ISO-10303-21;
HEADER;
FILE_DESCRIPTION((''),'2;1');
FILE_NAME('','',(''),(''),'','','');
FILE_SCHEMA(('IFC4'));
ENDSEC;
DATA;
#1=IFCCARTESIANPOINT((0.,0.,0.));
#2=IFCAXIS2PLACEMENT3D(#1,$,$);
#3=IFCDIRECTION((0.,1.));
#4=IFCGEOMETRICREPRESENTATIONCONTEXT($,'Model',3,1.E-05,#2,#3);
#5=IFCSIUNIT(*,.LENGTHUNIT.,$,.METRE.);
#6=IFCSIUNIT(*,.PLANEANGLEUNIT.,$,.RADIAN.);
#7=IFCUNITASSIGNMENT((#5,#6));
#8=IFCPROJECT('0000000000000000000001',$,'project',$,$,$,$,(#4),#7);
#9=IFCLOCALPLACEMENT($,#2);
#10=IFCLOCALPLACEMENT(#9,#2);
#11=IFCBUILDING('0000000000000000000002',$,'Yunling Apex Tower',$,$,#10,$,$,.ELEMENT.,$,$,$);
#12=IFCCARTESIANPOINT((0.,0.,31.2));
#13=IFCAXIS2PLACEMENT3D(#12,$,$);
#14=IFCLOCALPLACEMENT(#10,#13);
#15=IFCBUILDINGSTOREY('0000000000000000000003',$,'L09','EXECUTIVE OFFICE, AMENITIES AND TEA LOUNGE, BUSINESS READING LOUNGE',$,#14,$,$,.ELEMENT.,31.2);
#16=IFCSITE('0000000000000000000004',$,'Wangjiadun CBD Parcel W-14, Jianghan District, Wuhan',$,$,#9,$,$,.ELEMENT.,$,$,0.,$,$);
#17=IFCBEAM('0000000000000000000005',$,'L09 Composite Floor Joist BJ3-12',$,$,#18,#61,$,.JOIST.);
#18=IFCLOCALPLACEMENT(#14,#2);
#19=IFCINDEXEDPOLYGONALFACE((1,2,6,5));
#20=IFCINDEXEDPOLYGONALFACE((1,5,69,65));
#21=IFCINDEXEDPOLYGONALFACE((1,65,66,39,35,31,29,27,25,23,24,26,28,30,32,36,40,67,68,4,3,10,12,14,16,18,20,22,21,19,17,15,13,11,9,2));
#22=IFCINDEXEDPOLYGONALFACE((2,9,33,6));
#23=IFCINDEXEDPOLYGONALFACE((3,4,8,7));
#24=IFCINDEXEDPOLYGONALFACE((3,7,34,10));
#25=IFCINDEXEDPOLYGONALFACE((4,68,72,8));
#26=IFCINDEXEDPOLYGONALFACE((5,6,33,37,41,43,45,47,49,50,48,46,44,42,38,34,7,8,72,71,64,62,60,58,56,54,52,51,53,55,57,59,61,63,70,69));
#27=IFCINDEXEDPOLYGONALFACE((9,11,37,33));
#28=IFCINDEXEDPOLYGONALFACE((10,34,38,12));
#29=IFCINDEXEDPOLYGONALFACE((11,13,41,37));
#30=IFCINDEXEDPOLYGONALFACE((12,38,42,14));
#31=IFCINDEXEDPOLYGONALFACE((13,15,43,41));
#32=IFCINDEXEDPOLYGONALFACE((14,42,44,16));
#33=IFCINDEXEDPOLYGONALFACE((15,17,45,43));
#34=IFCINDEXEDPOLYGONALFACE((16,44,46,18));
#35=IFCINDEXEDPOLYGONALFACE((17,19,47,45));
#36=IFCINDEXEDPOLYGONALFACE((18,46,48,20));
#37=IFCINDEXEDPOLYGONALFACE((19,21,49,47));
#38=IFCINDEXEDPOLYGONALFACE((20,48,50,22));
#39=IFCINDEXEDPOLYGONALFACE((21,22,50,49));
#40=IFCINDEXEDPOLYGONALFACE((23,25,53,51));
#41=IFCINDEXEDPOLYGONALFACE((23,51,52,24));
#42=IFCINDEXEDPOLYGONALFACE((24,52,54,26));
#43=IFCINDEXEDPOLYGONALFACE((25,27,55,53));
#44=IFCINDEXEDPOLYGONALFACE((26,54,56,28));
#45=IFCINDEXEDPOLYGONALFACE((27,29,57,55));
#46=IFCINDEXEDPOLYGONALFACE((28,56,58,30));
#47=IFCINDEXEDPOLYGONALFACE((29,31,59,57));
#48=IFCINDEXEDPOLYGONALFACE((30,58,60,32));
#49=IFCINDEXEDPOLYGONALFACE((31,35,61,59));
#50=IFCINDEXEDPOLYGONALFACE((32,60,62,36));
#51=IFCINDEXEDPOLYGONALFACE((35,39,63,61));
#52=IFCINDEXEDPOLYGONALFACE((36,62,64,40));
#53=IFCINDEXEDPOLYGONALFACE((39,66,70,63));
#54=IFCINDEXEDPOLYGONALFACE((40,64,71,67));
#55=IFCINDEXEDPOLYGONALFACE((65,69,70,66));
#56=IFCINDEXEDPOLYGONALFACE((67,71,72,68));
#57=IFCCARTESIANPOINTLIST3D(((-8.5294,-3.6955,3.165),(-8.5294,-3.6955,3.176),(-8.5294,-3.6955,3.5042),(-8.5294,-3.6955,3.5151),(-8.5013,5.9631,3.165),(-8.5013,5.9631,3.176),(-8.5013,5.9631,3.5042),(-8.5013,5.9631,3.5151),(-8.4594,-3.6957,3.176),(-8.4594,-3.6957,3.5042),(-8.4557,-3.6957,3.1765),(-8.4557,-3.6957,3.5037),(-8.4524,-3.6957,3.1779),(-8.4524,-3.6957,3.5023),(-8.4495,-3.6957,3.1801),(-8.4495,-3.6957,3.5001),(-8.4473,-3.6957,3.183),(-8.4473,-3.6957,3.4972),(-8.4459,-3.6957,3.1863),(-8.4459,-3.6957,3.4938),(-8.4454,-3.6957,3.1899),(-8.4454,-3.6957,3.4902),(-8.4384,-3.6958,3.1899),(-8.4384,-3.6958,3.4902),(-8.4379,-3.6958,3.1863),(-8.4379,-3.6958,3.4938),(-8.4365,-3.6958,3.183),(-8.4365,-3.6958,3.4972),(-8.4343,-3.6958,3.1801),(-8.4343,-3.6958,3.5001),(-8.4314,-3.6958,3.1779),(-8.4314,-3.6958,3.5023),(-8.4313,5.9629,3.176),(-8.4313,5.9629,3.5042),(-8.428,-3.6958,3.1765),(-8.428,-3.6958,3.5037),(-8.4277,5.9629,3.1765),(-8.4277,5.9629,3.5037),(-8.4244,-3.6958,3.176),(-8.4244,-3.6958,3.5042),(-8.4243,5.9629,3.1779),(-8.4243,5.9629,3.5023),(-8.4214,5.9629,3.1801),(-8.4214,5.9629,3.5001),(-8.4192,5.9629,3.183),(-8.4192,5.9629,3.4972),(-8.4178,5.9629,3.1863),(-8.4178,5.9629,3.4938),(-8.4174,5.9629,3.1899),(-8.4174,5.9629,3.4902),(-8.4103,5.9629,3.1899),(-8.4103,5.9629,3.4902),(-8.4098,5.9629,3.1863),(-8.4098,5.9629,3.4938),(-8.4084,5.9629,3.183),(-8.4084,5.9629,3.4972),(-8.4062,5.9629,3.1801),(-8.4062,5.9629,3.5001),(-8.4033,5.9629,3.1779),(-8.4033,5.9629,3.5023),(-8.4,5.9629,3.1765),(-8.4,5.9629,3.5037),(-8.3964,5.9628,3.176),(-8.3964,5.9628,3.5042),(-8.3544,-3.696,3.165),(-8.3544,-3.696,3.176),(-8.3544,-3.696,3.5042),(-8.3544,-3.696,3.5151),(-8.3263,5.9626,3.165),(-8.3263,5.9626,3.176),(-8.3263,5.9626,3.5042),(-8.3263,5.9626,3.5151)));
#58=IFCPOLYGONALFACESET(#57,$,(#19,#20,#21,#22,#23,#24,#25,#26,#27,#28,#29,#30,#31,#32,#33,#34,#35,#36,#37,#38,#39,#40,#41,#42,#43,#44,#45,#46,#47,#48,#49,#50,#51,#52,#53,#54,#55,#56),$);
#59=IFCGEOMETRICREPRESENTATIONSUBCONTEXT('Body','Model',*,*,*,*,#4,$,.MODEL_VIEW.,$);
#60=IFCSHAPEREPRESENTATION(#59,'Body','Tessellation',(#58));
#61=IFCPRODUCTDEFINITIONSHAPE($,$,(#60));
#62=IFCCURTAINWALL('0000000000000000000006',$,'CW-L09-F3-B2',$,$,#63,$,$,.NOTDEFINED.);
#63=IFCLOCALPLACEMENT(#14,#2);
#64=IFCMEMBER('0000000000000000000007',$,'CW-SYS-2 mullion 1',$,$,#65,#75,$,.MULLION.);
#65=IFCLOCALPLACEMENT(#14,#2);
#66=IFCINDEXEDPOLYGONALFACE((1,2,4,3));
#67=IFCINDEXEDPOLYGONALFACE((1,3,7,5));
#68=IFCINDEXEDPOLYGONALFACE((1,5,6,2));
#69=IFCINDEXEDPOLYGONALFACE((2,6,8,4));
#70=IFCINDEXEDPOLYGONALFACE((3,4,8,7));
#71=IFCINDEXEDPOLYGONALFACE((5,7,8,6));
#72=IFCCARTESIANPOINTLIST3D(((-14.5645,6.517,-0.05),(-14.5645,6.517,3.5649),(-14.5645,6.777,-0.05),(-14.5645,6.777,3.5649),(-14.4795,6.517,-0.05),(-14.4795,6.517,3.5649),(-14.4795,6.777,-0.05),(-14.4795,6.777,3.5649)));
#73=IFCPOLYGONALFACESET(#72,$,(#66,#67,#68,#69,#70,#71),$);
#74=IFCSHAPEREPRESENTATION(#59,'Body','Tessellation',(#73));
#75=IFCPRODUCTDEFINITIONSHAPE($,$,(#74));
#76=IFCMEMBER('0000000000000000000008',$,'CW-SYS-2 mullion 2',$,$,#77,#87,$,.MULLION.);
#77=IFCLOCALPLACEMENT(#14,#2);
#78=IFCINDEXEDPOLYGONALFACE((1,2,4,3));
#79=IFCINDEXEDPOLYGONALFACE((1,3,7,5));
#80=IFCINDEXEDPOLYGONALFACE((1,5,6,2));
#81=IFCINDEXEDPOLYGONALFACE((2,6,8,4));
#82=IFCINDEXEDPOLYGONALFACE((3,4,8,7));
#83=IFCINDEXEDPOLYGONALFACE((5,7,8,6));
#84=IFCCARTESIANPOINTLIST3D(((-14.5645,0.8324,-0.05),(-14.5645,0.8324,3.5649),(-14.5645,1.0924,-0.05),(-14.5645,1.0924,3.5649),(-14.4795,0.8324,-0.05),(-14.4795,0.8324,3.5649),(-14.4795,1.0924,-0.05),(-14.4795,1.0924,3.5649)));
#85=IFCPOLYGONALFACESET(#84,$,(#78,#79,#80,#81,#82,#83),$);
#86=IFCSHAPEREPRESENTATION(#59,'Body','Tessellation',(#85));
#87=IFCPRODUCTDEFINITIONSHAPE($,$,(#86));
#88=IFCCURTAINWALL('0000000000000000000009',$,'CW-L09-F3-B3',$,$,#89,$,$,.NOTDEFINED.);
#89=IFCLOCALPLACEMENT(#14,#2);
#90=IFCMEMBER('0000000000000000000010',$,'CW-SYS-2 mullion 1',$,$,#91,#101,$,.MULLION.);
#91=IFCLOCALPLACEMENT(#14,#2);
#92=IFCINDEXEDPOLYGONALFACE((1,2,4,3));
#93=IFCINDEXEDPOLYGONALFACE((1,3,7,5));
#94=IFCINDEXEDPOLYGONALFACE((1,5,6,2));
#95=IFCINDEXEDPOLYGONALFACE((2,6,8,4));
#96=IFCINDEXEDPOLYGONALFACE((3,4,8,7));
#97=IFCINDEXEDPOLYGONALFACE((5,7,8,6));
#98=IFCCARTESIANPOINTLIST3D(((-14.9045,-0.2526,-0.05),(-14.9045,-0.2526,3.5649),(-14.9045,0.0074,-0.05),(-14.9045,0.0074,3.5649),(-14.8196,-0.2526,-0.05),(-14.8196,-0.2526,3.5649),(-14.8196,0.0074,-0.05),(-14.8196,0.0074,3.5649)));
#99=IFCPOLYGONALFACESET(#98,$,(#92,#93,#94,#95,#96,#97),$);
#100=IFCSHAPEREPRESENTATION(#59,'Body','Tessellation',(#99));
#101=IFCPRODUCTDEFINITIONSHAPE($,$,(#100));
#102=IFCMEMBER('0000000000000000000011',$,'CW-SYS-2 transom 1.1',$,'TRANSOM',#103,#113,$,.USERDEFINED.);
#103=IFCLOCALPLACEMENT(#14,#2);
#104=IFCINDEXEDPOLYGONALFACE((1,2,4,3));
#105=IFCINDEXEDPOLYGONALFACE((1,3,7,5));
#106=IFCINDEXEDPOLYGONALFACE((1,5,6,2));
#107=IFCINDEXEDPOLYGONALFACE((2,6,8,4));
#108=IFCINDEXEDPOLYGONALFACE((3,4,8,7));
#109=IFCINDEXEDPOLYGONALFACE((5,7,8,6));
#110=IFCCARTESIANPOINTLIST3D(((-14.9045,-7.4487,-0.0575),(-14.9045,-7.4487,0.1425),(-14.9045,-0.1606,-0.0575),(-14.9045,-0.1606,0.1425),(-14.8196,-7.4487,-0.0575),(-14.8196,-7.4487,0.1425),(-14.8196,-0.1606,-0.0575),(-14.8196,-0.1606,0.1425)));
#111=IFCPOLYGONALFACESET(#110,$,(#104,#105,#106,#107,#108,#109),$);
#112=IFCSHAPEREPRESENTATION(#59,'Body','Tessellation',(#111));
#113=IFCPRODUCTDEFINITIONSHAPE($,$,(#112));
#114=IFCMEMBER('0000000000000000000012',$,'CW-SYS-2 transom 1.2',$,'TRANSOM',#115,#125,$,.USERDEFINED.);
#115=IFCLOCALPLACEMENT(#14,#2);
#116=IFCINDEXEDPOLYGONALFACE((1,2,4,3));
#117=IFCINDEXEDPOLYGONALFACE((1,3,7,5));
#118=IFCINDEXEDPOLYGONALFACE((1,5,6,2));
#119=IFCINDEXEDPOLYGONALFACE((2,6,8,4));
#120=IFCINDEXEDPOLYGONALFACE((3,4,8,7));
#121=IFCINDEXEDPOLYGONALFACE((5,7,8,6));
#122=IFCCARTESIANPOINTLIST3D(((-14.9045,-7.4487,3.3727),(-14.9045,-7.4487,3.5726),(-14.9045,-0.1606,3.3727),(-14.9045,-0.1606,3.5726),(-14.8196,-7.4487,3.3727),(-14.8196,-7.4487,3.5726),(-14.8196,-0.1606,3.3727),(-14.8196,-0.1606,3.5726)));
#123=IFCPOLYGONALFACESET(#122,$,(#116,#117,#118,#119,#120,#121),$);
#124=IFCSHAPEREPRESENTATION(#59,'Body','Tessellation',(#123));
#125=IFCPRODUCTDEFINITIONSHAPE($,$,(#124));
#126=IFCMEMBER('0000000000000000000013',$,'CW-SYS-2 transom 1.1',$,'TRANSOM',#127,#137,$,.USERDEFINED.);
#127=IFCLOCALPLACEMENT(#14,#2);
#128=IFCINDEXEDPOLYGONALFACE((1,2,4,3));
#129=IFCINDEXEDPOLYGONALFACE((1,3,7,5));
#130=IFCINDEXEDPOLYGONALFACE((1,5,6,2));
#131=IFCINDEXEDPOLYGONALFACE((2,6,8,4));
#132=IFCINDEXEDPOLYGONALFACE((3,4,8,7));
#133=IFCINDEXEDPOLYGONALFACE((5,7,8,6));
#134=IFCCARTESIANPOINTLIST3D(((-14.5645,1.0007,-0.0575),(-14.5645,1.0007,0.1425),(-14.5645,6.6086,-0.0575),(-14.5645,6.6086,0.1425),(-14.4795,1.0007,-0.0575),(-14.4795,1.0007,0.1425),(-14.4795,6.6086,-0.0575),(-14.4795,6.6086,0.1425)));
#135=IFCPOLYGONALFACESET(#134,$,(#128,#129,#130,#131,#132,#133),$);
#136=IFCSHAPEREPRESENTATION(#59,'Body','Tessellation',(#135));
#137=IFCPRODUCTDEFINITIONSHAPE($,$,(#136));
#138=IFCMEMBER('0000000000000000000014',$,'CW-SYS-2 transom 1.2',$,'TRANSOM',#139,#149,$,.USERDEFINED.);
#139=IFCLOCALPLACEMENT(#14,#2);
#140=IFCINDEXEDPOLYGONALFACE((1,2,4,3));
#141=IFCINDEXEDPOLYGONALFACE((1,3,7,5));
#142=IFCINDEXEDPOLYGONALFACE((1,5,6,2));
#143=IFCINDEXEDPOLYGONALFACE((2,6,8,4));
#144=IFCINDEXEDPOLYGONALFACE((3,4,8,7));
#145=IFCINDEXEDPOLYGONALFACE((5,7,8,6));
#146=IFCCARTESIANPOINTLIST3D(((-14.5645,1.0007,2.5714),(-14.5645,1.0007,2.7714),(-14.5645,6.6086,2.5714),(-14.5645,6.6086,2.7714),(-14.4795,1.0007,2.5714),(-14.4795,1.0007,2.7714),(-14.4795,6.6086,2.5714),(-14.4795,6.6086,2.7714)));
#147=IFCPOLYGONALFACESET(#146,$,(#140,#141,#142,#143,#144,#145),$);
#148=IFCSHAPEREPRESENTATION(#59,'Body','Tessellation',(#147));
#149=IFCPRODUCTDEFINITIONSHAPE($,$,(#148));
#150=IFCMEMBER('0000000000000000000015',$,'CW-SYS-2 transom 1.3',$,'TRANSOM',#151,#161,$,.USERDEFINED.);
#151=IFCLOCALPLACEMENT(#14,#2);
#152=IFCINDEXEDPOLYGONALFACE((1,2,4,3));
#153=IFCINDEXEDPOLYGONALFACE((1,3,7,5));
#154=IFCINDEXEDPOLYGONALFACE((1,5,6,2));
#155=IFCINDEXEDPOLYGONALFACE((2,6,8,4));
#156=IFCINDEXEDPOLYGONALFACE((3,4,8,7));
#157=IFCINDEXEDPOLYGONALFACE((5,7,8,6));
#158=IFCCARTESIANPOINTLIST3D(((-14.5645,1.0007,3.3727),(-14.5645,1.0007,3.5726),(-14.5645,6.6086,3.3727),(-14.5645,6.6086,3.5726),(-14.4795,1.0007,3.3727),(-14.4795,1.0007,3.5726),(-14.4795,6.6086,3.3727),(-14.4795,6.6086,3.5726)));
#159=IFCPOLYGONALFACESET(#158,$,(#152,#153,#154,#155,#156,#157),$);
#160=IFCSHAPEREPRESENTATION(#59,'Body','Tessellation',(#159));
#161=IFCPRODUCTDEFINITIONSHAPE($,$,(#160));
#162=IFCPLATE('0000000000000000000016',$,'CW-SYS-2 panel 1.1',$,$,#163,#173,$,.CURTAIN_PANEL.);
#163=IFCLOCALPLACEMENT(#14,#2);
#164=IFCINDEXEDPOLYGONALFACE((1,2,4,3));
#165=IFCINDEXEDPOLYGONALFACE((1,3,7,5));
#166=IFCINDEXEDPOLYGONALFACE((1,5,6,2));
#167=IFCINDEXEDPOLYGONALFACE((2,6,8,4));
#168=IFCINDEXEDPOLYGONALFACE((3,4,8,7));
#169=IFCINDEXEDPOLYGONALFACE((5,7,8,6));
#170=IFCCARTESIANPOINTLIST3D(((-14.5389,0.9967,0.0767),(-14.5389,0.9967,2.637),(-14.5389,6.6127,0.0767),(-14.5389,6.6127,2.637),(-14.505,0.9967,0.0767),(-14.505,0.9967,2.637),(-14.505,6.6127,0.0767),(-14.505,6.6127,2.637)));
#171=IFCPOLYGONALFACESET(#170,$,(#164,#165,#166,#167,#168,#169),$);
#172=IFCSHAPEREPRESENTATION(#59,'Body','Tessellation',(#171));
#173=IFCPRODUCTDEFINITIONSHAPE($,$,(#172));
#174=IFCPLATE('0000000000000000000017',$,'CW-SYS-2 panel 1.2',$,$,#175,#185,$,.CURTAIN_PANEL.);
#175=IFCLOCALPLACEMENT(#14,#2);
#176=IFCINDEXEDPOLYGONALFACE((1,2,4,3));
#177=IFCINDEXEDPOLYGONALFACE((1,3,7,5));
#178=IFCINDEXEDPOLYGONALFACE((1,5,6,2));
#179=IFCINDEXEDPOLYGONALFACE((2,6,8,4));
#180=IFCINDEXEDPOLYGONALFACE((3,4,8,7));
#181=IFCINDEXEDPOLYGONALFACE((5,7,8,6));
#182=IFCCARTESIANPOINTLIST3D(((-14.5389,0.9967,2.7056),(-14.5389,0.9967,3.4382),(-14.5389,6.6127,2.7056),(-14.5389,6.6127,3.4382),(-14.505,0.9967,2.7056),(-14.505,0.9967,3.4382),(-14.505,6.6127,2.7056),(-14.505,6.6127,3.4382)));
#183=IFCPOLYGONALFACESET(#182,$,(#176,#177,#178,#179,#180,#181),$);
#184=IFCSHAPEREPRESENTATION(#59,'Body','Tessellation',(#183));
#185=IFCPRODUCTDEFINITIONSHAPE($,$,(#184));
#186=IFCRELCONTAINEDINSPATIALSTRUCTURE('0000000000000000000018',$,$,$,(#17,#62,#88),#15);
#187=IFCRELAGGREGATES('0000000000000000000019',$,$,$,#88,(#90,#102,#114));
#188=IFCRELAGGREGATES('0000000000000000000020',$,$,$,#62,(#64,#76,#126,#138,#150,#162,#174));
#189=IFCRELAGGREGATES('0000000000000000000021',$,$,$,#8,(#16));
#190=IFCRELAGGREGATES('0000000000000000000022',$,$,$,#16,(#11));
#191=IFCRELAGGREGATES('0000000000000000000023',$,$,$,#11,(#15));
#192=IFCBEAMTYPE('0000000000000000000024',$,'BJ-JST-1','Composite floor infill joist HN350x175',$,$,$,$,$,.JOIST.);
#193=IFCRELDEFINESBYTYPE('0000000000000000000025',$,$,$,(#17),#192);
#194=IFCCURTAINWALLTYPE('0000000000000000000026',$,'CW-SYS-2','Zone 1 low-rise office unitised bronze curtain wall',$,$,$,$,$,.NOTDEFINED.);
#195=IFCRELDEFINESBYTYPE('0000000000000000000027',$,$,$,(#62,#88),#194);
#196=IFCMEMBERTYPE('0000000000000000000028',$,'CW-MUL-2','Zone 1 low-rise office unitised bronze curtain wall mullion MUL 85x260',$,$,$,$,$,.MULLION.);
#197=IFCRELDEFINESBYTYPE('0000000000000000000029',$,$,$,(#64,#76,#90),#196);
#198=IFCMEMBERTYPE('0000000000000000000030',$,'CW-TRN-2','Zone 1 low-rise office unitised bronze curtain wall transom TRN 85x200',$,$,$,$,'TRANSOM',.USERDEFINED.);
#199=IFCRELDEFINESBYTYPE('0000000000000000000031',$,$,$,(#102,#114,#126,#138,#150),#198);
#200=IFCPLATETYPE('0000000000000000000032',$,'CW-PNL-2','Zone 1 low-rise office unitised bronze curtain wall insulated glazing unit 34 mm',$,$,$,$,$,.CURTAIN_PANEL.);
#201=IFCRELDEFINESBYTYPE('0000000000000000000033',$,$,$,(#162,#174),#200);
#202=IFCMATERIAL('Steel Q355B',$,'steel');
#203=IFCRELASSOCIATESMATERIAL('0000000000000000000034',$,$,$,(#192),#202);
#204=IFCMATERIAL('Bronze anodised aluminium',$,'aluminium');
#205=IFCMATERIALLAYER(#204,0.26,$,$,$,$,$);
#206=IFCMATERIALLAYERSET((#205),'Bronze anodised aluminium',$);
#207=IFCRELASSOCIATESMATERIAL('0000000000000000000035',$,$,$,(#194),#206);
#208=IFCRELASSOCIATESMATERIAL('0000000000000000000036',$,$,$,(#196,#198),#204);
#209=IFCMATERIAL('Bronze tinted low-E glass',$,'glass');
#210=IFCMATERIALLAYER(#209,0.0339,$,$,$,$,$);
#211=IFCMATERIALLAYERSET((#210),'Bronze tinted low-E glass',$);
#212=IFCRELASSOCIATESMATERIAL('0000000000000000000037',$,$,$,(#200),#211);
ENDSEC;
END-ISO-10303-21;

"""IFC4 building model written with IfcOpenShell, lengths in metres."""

from ifc_helpers import new_model, si_unit, direction, frame, origin, origin_2d, place, context, subcontext, project, spatial, rectangle, i_section, extrude, source, transform, mapped, material, layer, layer_set, material_profile, profile_set, type_object, element, aggregate, save


model = new_model("IFC4")

# Units and contexts
model_context = context("Model", 3, precision=1e-05, world=origin(), true_north=direction((0.0, 1.0)))
body_context = subcontext(model_context, "Body", "Model", "MODEL_VIEW")
ifc_project = project(units=[si_unit("LENGTHUNIT", "METRE"), si_unit("PLANEANGLEUNIT", "RADIAN")], contexts=[model_context])

# Site, building, storey
site_placement = place(None, origin())
site = spatial("IfcSite", under=ifc_project, at=site_placement, Name="Wangjiadun CBD Parcel W-14, Jianghan District, Wuhan", CompositionType="ELEMENT", RefElevation=0.0)
building_placement = place(site_placement, origin())
building = spatial("IfcBuilding", under=site, at=building_placement, Name="Yunling Apex Tower", CompositionType="ELEMENT")
storey_placement = place(building_placement, frame((0.0, 0.0, 31.2)))
storey = spatial("IfcBuildingStorey", under=building, at=storey_placement, Name="L09", Description="EXECUTIVE OFFICE, AMENITIES AND TEA LOUNGE, BUSINESS READING LOUNGE", CompositionType="ELEMENT", Elevation=31.2)

# Beam
ifc_material_1 = material(Name="Steel Q355B", Category="steel")
ifc_material_profile_1 = material_profile(ifc_material_1, i_section(OverallWidth=0.175, OverallDepth=0.3501, WebThickness=0.0071, FlangeThickness=0.011, FilletRadius=0.0139, at=origin_2d()))
ifc_profile_set_1 = profile_set([ifc_material_profile_1], Name="Steel Q355B")
beam_type_1 = type_object("IfcBeamType", Name="BJ-JST-1", Description="Composite floor infill joist HN350x175", PredefinedType="JOIST", material=ifc_profile_set_1)
shared_shape_1 = source(origin(), body_context, "Body", "SweptSolid", [
    extrude(i_section(OverallWidth=0.175, OverallDepth=0.3501, WebThickness=0.0071, FlangeThickness=0.011, FilletRadius=0.0139, at=origin_2d()), origin(), (0.0, 0.0, 1.0), 9.6587),
])
beam_1_placement = place(storey_placement, frame((-8.4138, 5.9629, 3.3401), z_axis=(-0.002907, -0.999996, 0.0), x_axis=(0.999996, -0.002907, 0.0)))
element("IfcBeam", 1, at=beam_1_placement, inside=storey, type_object=beam_type_1, Name="L09 Composite Floor Joist BJ3-12", PredefinedType="JOIST", context=body_context, shape_type="MappedRepresentation", body=[
    mapped(shared_shape_1, transform((0.0, 0.0, 0.0), scale=1.0)),
])

# Curtain walls, members
ifc_material_2 = material(Name="Bronze anodised aluminium", Category="aluminium")
ifc_layer_1 = layer(ifc_material_2, 0.26)
ifc_layer_set_1 = layer_set([ifc_layer_1], Name="Bronze anodised aluminium")
curtain_wall_type = type_object("IfcCurtainWallType", Name="CW-SYS-2", Description="Zone 1 low-rise office unitised bronze curtain wall", PredefinedType="NOTDEFINED", material=ifc_layer_set_1)
curtain_wall_1_placement = place(storey_placement, origin())
curtain_wall_1 = element("IfcCurtainWall", 2, at=curtain_wall_1_placement, inside=storey, type_object=curtain_wall_type, Name="CW-L09-F3-B2", PredefinedType="NOTDEFINED")
ifc_material_profile_2 = material_profile(ifc_material_2, rectangle(XDim=0.085, YDim=0.26, at=origin_2d()))
ifc_profile_set_2 = profile_set([ifc_material_profile_2], Name="Bronze anodised aluminium")
member_type_1 = type_object("IfcMemberType", Name="CW-MUL-2", Description="Zone 1 low-rise office unitised bronze curtain wall mullion MUL 85x260", PredefinedType="MULLION", material=ifc_profile_set_2)
shared_shape_2 = source(origin(), body_context, "Body", "SweptSolid", [
    extrude(rectangle(XDim=0.085, YDim=0.26, at=origin_2d()), origin(), (0.0, 0.0, 1.0), 3.615),
])
member_1_placement = place(storey_placement, frame((-14.522, 6.647, -0.05), z_axis=(0.0, 0.0, 1.0), x_axis=(1.0, 0.0, 0.0)))
member_1 = element("IfcMember", 3, at=member_1_placement, type_object=member_type_1, Name="CW-SYS-2 mullion 1", PredefinedType="MULLION", context=body_context, shape_type="MappedRepresentation", body=[
    mapped(shared_shape_2, transform((0.0, 0.0, 0.0), scale=1.0)),
])
member_2_placement = place(storey_placement, frame((-14.522, 0.9624, -0.05), z_axis=(0.0, 0.0, 1.0), x_axis=(1.0, 0.0, 0.0)))
member_2 = element("IfcMember", 4, at=member_2_placement, type_object=member_type_1, Name="CW-SYS-2 mullion 2", PredefinedType="MULLION", context=body_context, shape_type="MappedRepresentation", body=[
    mapped(shared_shape_2, transform((0.0, 0.0, 0.0), scale=1.0)),
])
curtain_wall_2_placement = place(storey_placement, origin())
curtain_wall_2 = element("IfcCurtainWall", 5, at=curtain_wall_2_placement, inside=storey, type_object=curtain_wall_type, Name="CW-L09-F3-B3", PredefinedType="NOTDEFINED")
member_3_placement = place(storey_placement, frame((-14.8621, -0.1226, -0.05), z_axis=(0.0, 0.0, 1.0), x_axis=(1.0, 0.0, 0.0)))
member_3 = element("IfcMember", 6, at=member_3_placement, type_object=member_type_1, Name="CW-SYS-2 mullion 1", PredefinedType="MULLION", context=body_context, shape_type="MappedRepresentation", body=[
    mapped(shared_shape_2, transform((0.0, 0.0, 0.0), scale=1.0)),
])
ifc_material_profile_3 = material_profile(ifc_material_2, rectangle(XDim=0.085, YDim=0.2, at=origin_2d()))
ifc_profile_set_3 = profile_set([ifc_material_profile_3], Name="Bronze anodised aluminium")
member_type_2 = type_object("IfcMemberType", Name="CW-TRN-2", Description="Zone 1 low-rise office unitised bronze curtain wall transom TRN 85x200", ElementType="TRANSOM", PredefinedType="USERDEFINED", material=ifc_profile_set_3)
shared_shape_3 = source(origin(), body_context, "Body", "SweptSolid", [
    extrude(rectangle(XDim=0.085, YDim=0.2, at=origin_2d()), origin(), (0.0, 0.0, 1.0), 7.2881),
])
member_4_placement = place(storey_placement, frame((-14.8621, -0.1606, 0.0425), z_axis=(0.0, -1.0, 0.0), x_axis=(1.0, 0.0, 0.0)))
member_4 = element("IfcMember", 7, at=member_4_placement, type_object=member_type_2, Name="CW-SYS-2 transom 1.1", ObjectType="TRANSOM", PredefinedType="USERDEFINED", context=body_context, shape_type="MappedRepresentation", body=[
    mapped(shared_shape_3, transform((0.0, 0.0, 0.0), scale=1.0)),
])
member_5_placement = place(storey_placement, frame((-14.8621, -0.1606, 3.4727), z_axis=(0.0, -1.0, 0.0), x_axis=(1.0, 0.0, 0.0)))
member_5 = element("IfcMember", 8, at=member_5_placement, type_object=member_type_2, Name="CW-SYS-2 transom 1.2", ObjectType="TRANSOM", PredefinedType="USERDEFINED", context=body_context, shape_type="MappedRepresentation", body=[
    mapped(shared_shape_3, transform((0.0, 0.0, 0.0), scale=1.0)),
])
aggregate(curtain_wall_2, [member_3, member_4, member_5])

# Members
shared_shape_4 = source(origin(), body_context, "Body", "SweptSolid", [
    extrude(rectangle(XDim=0.085, YDim=0.2, at=origin_2d()), origin(), (0.0, 0.0, 1.0), 5.6079),
])
member_6_placement = place(storey_placement, frame((-14.522, 6.6086, 0.0425), z_axis=(0.0, -1.0, 0.0), x_axis=(1.0, 0.0, 0.0)))
member_6 = element("IfcMember", 9, at=member_6_placement, type_object=member_type_2, Name="CW-SYS-2 transom 1.1", ObjectType="TRANSOM", PredefinedType="USERDEFINED", context=body_context, shape_type="MappedRepresentation", body=[
    mapped(shared_shape_4, transform((0.0, 0.0, 0.0), scale=1.0)),
])
member_7_placement = place(storey_placement, frame((-14.522, 6.6086, 2.6714), z_axis=(0.0, -1.0, 0.0), x_axis=(1.0, 0.0, 0.0)))
member_7 = element("IfcMember", 10, at=member_7_placement, type_object=member_type_2, Name="CW-SYS-2 transom 1.2", ObjectType="TRANSOM", PredefinedType="USERDEFINED", context=body_context, shape_type="MappedRepresentation", body=[
    mapped(shared_shape_4, transform((0.0, 0.0, 0.0), scale=1.0)),
])
member_8_placement = place(storey_placement, frame((-14.522, 6.6086, 3.4727), z_axis=(0.0, -1.0, 0.0), x_axis=(1.0, 0.0, 0.0)))
member_8 = element("IfcMember", 11, at=member_8_placement, type_object=member_type_2, Name="CW-SYS-2 transom 1.3", ObjectType="TRANSOM", PredefinedType="USERDEFINED", context=body_context, shape_type="MappedRepresentation", body=[
    mapped(shared_shape_4, transform((0.0, 0.0, 0.0), scale=1.0)),
])

# Plates
ifc_material_3 = material(Name="Bronze tinted low-E glass", Category="glass")
ifc_layer_2 = layer(ifc_material_3, 0.0339)
ifc_layer_set_2 = layer_set([ifc_layer_2], Name="Bronze tinted low-E glass")
plate_type_1 = type_object("IfcPlateType", Name="CW-PNL-2", Description="Zone 1 low-rise office unitised bronze curtain wall insulated glazing unit 34 mm", PredefinedType="CURTAIN_PANEL", material=ifc_layer_set_2)
shared_shape_5 = source(origin(), body_context, "Body", "SweptSolid", [
    extrude(rectangle(XDim=5.616, YDim=0.0339, at=origin_2d()), origin(), (0.0, 0.0, 1.0), 2.5603),
])
plate_1_placement = place(storey_placement, frame((-14.522, 3.8047, 0.0767), z_axis=(0.0, 0.0, 1.0), x_axis=(0.0, -1.0, 0.0)))
plate_1 = element("IfcPlate", 12, at=plate_1_placement, type_object=plate_type_1, Name="CW-SYS-2 panel 1.1", PredefinedType="CURTAIN_PANEL", context=body_context, shape_type="MappedRepresentation", body=[
    mapped(shared_shape_5, transform((0.0, 0.0, 0.0), scale=1.0)),
])
shared_shape_6 = source(origin(), body_context, "Body", "SweptSolid", [
    extrude(rectangle(XDim=5.616, YDim=0.0339, at=origin_2d()), origin(), (0.0, 0.0, 1.0), 0.7327),
])
plate_2_placement = place(storey_placement, frame((-14.522, 3.8047, 2.7056), z_axis=(0.0, 0.0, 1.0), x_axis=(0.0, -1.0, 0.0)))
plate_2 = element("IfcPlate", 13, at=plate_2_placement, type_object=plate_type_1, Name="CW-SYS-2 panel 1.2", PredefinedType="CURTAIN_PANEL", context=body_context, shape_type="MappedRepresentation", body=[
    mapped(shared_shape_6, transform((0.0, 0.0, 0.0), scale=1.0)),
])
aggregate(curtain_wall_1, [member_1, member_2, member_6, member_7, member_8, plate_1, plate_2])

save(model, "model.ifc")
